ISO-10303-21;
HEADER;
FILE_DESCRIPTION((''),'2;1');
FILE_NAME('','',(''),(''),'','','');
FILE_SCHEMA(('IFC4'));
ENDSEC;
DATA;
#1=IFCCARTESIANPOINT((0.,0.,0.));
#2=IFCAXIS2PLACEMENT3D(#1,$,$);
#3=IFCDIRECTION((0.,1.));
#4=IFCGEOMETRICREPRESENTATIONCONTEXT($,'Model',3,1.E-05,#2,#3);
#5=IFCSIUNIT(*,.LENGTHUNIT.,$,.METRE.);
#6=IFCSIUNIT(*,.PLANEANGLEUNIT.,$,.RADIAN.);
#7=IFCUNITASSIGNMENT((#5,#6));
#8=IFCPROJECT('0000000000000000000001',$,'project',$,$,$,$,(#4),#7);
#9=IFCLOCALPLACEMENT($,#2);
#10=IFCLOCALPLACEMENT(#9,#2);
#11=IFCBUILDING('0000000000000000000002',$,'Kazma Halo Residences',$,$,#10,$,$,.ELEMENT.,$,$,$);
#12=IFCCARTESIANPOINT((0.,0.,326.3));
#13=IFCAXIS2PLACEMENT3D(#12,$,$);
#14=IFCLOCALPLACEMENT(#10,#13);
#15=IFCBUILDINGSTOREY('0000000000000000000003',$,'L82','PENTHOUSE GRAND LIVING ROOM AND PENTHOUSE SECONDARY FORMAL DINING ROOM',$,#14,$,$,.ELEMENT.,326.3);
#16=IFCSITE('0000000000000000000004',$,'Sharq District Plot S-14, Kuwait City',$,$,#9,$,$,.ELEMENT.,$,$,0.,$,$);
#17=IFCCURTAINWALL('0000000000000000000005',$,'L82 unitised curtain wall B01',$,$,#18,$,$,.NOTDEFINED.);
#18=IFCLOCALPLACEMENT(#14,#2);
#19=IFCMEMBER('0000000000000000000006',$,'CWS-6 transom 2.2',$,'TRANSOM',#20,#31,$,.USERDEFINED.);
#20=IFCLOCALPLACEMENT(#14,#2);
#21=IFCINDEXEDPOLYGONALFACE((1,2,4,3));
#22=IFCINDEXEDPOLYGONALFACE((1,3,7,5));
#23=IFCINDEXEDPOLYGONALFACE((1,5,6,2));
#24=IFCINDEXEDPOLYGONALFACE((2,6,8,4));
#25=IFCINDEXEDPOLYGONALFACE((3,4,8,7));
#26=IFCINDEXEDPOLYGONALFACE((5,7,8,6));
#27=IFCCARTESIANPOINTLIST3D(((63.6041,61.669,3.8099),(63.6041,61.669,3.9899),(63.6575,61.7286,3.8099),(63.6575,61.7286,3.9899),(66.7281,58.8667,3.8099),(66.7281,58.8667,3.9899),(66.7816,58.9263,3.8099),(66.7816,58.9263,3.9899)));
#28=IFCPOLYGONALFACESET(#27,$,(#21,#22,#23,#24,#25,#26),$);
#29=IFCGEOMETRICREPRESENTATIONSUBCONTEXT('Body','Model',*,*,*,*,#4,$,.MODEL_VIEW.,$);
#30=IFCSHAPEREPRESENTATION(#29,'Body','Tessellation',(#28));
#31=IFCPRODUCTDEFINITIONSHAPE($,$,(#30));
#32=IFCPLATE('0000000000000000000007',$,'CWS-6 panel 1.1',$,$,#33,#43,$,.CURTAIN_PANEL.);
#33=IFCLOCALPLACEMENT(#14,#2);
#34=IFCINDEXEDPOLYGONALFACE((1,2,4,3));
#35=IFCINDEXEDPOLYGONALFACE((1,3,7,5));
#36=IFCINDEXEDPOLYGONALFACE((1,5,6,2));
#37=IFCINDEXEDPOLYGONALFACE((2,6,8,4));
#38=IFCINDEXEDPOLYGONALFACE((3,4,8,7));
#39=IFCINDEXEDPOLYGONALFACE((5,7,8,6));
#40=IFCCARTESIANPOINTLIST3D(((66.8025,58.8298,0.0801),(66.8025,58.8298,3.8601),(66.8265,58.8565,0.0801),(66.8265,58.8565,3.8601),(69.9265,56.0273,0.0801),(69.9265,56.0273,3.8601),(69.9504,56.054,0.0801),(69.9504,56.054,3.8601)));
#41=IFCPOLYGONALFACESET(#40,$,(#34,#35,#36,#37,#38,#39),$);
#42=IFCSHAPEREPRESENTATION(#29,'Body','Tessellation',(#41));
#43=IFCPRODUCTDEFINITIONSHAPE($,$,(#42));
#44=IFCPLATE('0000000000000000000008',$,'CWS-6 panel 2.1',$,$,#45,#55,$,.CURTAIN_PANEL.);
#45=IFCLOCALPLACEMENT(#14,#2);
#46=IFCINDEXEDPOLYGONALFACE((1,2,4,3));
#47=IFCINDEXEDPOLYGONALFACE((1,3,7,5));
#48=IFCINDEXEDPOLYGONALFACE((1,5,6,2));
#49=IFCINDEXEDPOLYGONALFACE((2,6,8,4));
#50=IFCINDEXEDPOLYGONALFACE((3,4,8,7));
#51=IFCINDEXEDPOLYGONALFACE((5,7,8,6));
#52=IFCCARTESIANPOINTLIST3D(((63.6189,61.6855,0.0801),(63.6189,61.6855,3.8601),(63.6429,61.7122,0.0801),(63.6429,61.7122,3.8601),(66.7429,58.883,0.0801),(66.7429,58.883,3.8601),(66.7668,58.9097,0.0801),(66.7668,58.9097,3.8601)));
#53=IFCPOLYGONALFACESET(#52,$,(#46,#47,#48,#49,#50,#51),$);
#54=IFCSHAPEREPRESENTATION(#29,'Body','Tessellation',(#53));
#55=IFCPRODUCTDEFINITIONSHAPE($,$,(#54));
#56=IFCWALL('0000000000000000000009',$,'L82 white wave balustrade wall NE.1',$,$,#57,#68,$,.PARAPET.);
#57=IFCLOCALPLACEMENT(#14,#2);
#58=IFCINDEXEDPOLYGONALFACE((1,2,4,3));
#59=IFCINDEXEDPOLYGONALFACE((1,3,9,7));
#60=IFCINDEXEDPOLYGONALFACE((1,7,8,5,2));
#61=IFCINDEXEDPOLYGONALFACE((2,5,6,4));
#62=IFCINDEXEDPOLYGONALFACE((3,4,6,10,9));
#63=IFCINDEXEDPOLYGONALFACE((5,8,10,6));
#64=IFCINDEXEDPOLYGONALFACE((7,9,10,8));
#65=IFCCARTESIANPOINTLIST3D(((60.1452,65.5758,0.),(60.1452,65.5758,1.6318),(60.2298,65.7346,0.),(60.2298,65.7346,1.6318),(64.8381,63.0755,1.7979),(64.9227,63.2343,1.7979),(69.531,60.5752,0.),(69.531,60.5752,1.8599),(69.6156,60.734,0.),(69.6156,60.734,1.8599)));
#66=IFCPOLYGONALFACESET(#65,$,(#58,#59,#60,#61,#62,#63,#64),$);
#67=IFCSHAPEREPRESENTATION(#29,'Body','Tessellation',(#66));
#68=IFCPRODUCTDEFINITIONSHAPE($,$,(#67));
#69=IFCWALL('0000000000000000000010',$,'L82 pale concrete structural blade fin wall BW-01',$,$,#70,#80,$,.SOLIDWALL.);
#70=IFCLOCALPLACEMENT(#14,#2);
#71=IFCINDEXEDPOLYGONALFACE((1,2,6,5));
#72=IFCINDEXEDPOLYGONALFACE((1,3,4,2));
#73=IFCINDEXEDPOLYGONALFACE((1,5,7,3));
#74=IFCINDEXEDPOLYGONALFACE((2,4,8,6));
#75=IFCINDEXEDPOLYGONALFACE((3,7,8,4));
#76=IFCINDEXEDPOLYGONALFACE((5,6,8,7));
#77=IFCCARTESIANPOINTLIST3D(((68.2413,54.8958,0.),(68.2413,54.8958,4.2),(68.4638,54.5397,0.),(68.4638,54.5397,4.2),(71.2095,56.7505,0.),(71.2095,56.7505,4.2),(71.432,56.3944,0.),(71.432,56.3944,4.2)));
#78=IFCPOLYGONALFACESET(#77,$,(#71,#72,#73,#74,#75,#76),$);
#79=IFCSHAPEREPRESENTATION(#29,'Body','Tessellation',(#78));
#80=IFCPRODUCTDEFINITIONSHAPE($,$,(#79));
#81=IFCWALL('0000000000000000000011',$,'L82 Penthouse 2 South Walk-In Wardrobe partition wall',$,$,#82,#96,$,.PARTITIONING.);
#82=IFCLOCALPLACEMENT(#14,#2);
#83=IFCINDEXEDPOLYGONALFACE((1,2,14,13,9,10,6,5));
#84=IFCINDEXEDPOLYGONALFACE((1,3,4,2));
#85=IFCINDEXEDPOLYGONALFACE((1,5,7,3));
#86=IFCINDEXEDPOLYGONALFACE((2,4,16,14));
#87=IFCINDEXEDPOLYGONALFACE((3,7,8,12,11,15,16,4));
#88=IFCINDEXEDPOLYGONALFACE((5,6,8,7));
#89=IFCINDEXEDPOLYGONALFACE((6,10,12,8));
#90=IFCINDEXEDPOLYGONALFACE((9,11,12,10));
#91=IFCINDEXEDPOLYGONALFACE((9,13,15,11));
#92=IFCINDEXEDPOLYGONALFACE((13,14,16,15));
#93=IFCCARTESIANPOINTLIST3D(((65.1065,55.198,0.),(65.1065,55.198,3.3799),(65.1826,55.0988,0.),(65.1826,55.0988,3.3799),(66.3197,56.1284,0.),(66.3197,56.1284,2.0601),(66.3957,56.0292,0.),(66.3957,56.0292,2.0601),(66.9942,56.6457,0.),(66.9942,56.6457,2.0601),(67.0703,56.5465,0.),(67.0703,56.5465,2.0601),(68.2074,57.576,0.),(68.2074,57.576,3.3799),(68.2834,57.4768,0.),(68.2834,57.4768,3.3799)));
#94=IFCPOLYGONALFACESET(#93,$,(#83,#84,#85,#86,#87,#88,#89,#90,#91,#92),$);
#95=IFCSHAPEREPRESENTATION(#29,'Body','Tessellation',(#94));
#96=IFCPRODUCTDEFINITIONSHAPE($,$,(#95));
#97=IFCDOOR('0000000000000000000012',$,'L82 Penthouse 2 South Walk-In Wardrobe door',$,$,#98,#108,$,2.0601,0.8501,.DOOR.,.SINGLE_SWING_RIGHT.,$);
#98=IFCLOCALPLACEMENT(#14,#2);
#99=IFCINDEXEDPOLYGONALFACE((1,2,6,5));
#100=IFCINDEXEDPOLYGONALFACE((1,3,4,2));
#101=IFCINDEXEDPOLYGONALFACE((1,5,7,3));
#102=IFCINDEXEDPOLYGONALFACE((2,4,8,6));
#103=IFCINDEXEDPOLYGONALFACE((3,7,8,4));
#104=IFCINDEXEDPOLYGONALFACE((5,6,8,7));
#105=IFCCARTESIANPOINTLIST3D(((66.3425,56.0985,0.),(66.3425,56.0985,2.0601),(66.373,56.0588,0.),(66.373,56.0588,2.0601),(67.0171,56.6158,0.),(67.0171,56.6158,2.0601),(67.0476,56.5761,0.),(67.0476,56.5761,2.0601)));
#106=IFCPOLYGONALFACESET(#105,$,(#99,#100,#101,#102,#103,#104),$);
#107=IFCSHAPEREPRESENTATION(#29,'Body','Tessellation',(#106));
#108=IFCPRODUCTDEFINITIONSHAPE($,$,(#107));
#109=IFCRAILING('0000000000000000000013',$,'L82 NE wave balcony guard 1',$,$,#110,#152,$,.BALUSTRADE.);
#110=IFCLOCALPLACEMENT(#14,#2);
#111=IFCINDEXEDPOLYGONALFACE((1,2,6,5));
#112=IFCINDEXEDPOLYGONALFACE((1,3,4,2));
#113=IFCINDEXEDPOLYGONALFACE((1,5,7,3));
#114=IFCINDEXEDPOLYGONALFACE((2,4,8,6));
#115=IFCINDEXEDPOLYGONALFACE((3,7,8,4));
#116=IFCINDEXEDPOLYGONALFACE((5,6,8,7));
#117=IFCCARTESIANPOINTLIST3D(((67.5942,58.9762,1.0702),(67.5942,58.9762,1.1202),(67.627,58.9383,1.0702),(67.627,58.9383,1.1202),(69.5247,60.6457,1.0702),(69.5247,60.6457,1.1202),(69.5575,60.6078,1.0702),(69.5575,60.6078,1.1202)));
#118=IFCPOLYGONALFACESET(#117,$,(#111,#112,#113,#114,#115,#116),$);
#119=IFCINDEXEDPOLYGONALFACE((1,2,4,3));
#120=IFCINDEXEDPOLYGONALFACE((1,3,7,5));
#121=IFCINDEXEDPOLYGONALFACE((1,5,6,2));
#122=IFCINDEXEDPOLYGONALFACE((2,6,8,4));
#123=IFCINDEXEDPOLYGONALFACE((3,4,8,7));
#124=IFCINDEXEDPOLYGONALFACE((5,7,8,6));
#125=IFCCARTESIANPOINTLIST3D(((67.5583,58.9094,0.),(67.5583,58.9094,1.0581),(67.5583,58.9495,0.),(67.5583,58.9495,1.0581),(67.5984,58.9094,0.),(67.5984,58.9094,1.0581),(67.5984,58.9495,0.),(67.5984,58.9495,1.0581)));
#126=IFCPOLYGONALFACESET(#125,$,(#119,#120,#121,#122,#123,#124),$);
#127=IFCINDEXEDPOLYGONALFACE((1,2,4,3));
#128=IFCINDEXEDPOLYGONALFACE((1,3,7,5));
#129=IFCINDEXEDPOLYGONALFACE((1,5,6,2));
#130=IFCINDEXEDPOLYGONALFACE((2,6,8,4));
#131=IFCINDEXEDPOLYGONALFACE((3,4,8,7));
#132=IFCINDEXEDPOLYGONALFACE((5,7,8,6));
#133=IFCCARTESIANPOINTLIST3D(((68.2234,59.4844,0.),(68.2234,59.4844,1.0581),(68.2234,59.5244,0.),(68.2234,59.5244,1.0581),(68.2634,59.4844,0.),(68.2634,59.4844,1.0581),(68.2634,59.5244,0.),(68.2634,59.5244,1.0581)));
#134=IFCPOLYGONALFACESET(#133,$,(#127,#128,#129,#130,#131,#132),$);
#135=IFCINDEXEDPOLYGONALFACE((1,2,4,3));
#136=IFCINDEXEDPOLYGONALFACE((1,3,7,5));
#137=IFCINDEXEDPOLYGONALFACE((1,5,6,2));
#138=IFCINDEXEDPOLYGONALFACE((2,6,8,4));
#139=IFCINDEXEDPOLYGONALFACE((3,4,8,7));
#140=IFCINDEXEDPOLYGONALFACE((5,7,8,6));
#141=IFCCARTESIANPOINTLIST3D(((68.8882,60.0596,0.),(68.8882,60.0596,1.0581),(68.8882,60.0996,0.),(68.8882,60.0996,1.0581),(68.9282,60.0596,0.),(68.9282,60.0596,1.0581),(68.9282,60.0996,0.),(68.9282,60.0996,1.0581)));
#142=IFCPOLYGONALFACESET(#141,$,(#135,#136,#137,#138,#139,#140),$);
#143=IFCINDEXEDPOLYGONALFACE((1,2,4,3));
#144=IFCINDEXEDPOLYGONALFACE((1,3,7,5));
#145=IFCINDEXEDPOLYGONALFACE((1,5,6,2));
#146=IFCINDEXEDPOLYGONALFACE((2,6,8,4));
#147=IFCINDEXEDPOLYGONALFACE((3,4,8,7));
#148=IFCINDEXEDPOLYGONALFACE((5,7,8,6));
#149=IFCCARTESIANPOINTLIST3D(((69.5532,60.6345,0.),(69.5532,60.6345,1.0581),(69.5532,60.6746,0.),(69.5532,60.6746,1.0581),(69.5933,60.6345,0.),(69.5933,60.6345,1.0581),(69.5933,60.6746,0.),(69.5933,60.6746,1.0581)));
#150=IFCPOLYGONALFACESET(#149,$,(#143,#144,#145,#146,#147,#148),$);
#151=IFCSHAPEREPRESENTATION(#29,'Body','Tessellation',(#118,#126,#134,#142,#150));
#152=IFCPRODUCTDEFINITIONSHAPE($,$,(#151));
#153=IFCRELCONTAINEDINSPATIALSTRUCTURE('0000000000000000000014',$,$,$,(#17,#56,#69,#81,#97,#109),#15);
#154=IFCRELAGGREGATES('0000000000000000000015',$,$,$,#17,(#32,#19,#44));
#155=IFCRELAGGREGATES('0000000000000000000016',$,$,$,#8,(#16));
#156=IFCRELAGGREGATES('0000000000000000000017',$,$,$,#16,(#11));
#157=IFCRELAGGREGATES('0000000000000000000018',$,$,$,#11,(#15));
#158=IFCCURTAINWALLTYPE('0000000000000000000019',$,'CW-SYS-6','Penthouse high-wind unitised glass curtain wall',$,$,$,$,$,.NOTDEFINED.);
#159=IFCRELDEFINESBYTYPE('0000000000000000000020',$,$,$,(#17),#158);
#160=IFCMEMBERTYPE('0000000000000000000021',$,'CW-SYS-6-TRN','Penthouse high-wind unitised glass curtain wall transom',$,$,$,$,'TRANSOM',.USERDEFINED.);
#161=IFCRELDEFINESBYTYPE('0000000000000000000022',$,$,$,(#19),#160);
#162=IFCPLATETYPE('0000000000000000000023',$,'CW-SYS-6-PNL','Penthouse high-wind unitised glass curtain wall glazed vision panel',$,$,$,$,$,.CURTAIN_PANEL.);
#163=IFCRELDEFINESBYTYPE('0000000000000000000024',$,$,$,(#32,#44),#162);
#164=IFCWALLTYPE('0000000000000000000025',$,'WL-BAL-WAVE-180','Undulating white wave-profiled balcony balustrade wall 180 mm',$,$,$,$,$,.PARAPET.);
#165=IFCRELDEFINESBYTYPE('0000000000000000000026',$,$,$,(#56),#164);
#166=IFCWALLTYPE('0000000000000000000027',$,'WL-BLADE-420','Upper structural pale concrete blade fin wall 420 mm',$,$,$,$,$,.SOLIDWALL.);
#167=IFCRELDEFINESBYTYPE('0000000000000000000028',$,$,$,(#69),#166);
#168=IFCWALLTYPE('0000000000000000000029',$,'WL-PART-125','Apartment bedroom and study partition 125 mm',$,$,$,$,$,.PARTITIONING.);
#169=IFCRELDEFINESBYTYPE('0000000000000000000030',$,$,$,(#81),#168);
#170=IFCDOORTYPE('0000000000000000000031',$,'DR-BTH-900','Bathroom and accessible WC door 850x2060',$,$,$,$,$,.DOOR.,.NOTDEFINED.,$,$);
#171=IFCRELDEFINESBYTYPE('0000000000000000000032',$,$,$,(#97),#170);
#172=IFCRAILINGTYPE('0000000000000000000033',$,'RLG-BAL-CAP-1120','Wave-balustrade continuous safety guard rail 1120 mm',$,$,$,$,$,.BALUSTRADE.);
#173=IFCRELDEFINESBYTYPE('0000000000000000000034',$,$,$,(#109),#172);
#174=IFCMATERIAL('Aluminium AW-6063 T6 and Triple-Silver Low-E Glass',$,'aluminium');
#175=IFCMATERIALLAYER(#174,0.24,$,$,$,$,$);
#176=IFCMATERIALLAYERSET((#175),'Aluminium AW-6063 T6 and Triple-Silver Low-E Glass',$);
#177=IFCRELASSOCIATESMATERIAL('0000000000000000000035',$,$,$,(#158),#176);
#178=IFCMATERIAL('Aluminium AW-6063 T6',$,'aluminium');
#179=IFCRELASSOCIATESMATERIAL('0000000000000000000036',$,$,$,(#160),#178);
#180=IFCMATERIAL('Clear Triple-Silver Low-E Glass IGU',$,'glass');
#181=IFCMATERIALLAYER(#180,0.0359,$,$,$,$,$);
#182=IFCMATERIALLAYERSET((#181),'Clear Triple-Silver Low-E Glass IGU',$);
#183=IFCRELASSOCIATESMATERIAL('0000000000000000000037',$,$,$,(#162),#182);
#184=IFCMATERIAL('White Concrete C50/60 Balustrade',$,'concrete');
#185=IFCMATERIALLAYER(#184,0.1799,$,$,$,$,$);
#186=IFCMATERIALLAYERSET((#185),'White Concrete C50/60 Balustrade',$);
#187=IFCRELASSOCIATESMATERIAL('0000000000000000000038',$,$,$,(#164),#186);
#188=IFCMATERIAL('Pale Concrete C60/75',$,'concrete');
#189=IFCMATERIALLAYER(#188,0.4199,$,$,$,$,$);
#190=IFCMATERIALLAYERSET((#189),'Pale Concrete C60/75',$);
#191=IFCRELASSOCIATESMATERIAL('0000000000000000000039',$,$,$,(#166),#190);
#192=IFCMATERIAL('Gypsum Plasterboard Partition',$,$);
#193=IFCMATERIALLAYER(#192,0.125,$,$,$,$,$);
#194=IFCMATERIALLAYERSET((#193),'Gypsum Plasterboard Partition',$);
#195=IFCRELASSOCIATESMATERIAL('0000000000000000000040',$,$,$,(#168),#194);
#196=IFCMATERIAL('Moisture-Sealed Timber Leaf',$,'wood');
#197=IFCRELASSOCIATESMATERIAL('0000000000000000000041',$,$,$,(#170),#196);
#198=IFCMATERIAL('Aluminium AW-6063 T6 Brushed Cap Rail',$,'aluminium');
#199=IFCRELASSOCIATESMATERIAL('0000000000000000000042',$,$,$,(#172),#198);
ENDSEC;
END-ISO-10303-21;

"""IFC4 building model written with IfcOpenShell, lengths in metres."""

from ifc_helpers import new_model, si_unit, direction, frame, frame_2d, origin, origin_2d, place, context, subcontext, project, spatial, polyline, rectangle, outline, extrude, material, layer, layer_set, material_profile, profile_set, type_object, element, fill, aggregate, save


model = new_model("IFC4")

# Units and contexts
model_context = context("Model", 3, precision=1e-05, world=origin(), true_north=direction((0.0, 1.0)))
body_context = subcontext(model_context, "Body", "Model", "MODEL_VIEW")
ifc_project = project(units=[si_unit("LENGTHUNIT", "METRE"), si_unit("PLANEANGLEUNIT", "RADIAN")], contexts=[model_context])

# Site, building, storey
site_placement = place(None, origin())
site = spatial("IfcSite", under=ifc_project, at=site_placement, Name="Sharq District Plot S-14, Kuwait City", CompositionType="ELEMENT", RefElevation=0.0)
building_placement = place(site_placement, origin())
building = spatial("IfcBuilding", under=site, at=building_placement, Name="Kazma Halo Residences", CompositionType="ELEMENT")
storey_placement = place(building_placement, frame((0.0, 0.0, 326.3)))
storey = spatial("IfcBuildingStorey", under=building, at=storey_placement, Name="L82", Description="PENTHOUSE GRAND LIVING ROOM AND PENTHOUSE SECONDARY FORMAL DINING ROOM", CompositionType="ELEMENT", Elevation=326.3)

# Curtain wall
ifc_material_1 = material(Name="Aluminium AW-6063 T6 and Triple-Silver Low-E Glass", Category="aluminium")
ifc_layer_1 = layer(ifc_material_1, 0.24)
ifc_layer_set_1 = layer_set([ifc_layer_1], Name="Aluminium AW-6063 T6 and Triple-Silver Low-E Glass")
curtain_wall_type = type_object("IfcCurtainWallType", Name="CW-SYS-6", Description="Penthouse high-wind unitised glass curtain wall", PredefinedType="NOTDEFINED", material=ifc_layer_set_1)
curtain_wall_1_placement = place(storey_placement, origin())
curtain_wall_1 = element("IfcCurtainWall", 1, at=curtain_wall_1_placement, inside=storey, type_object=curtain_wall_type, Name="L82 unitised curtain wall B01", PredefinedType="NOTDEFINED")
ifc_material_2 = material(Name="Aluminium AW-6063 T6", Category="aluminium")

# Member
ifc_material_profile_1 = material_profile(ifc_material_2, rectangle(XDim=0.0801, YDim=0.1799, at=origin_2d()), Name="CWT-80x180")
ifc_profile_set_1 = profile_set([ifc_material_profile_1], Name="Aluminium AW-6063 T6")
member_type_1 = type_object("IfcMemberType", Name="CW-SYS-6-TRN", Description="Penthouse high-wind unitised glass curtain wall transom", ElementType="TRANSOM", PredefinedType="USERDEFINED", material=ifc_profile_set_1)
member_1_placement = place(storey_placement, frame((66.7549, 58.8965, 3.8999), z_axis=(-0.744404, 0.66773, 0.0), x_axis=(-0.66773, -0.744404, 0.0)))
member_1 = element("IfcMember", 2, at=member_1_placement, type_object=member_type_1, Name="CWS-6 transom 2.2", ObjectType="TRANSOM", PredefinedType="USERDEFINED", context=body_context, shape_type="SweptSolid", body=[
    extrude(rectangle(XDim=0.0801, YDim=0.1799, at=origin_2d()), origin(), (0.0, 0.0, 1.0), 4.1968),
])

# Plates
ifc_material_3 = material(Name="Clear Triple-Silver Low-E Glass IGU", Category="glass")
ifc_layer_2 = layer(ifc_material_3, 0.0359)
ifc_layer_set_2 = layer_set([ifc_layer_2], Name="Clear Triple-Silver Low-E Glass IGU")
plate_type = type_object("IfcPlateType", Name="CW-SYS-6-PNL", Description="Penthouse high-wind unitised glass curtain wall glazed vision panel", PredefinedType="CURTAIN_PANEL", material=ifc_layer_set_2)
plate_1_placement = place(storey_placement, frame((68.3765, 57.4419, 0.0801), z_axis=(0.0, 0.0, 1.0), x_axis=(-0.744379, 0.667758, 0.0)))
plate_1 = element("IfcPlate", 3, at=plate_1_placement, type_object=plate_type, Name="CWS-6 panel 1.1", PredefinedType="CURTAIN_PANEL", context=body_context, shape_type="SweptSolid", body=[
    extrude(rectangle(XDim=4.1968, YDim=0.0359, at=origin_2d()), origin(), (0.0, 0.0, 1.0), 3.78),
])
plate_2_placement = place(storey_placement, frame((65.1929, 60.2976, 0.0801), z_axis=(0.0, 0.0, 1.0), x_axis=(-0.744379, 0.667758, 0.0)))
plate_2 = element("IfcPlate", 4, at=plate_2_placement, type_object=plate_type, Name="CWS-6 panel 2.1", PredefinedType="CURTAIN_PANEL", context=body_context, shape_type="SweptSolid", body=[
    extrude(rectangle(XDim=4.1968, YDim=0.0359, at=origin_2d()), origin(), (0.0, 0.0, 1.0), 3.78),
])
aggregate(curtain_wall_1, [plate_1, member_1, plate_2])

# Walls
ifc_material_4 = material(Name="White Concrete C50/60 Balustrade", Category="concrete")
ifc_layer_3 = layer(ifc_material_4, 0.1799)
ifc_layer_set_3 = layer_set([ifc_layer_3], Name="White Concrete C50/60 Balustrade")
wall_type_1 = type_object("IfcWallType", Name="WL-BAL-WAVE-180", Description="Undulating white wave-profiled balcony balustrade wall 180 mm", PredefinedType="PARAPET", material=ifc_layer_set_3)
wall_1_placement = place(storey_placement, frame((69.5732, 60.6545, 0.0), z_axis=(0.0, 0.0, 1.0), x_axis=(-0.882557, 0.470205, 0.0)))
element("IfcWall", 5, at=wall_1_placement, inside=storey, type_object=wall_type_1, Name="L82 white wave balustrade wall NE.1", PredefinedType="PARAPET", context=body_context, shape_type="SweptSolid", body=[
    extrude(outline(polyline([(0.0, 0.0), (10.6348, 0.0), (10.6348, 1.6318), (5.3174, 1.7979), (0.0, 1.8599), (0.0, 0.0)])), frame((0.0, 0.0898, 0.0), z_axis=(0.0, -1.0, 0.0), x_axis=(1.0, 0.0, 0.0)), (0.0, 0.0, 1.0), 0.1799),
])
ifc_material_5 = material(Name="Pale Concrete C60/75", Category="concrete")
ifc_layer_4 = layer(ifc_material_5, 0.4199)
ifc_layer_set_4 = layer_set([ifc_layer_4], Name="Pale Concrete C60/75")
wall_type_2 = type_object("IfcWallType", Name="WL-BLADE-420", Description="Upper structural pale concrete blade fin wall 420 mm", PredefinedType="SOLIDWALL", material=ifc_layer_set_4)
wall_2_placement = place(storey_placement, frame((68.3525, 54.7178, 0.0), z_axis=(0.0, 0.0, 1.0), x_axis=(0.848053, 0.529911, 0.0)))
element("IfcWall", 6, at=wall_2_placement, inside=storey, type_object=wall_type_2, Name="L82 pale concrete structural blade fin wall BW-01", PredefinedType="SOLIDWALL", context=body_context, shape_type="SweptSolid", body=[
    extrude(rectangle(XDim=3.5, YDim=0.4199, at=frame_2d((1.75, 0.0))), origin(), (0.0, 0.0, 1.0), 4.2),
])

# Wall, opening, door
ifc_material_6 = material(Name="Gypsum Plasterboard Partition")
ifc_layer_5 = layer(ifc_material_6, 0.125)
ifc_layer_set_5 = layer_set([ifc_layer_5], Name="Gypsum Plasterboard Partition")
wall_type_3 = type_object("IfcWallType", Name="WL-PART-125", Description="Apartment bedroom and study partition 125 mm", PredefinedType="PARTITIONING", material=ifc_layer_set_5)
wall_3_placement = place(storey_placement, frame((65.1445, 55.1484, 0.0), z_axis=(0.0, 0.0, 1.0), x_axis=(0.793529, 0.608533, 0.0)))
wall_3 = element("IfcWall", 7, at=wall_3_placement, inside=storey, type_object=wall_type_3, Name="L82 Penthouse 2 South Walk-In Wardrobe partition wall", PredefinedType="PARTITIONING", context=body_context, shape_type="SweptSolid", body=[
    extrude(rectangle(XDim=3.9077, YDim=0.125, at=frame_2d((1.9539, 0.0))), origin(), (0.0, 0.0, 1.0), 3.3799),
])
opening_1_placement = place(wall_3_placement, frame((1.5288, 0.0, 0.0)))
opening_1 = element("IfcOpeningElement", 8, at=opening_1_placement, cuts=wall_3, PredefinedType="OPENING", context=body_context, shape_type="SweptSolid", body=[
    extrude(rectangle(XDim=0.8501, YDim=2.0601, at=frame_2d((0.425, 1.03))), frame((0.0, 0.0725, 0.0), z_axis=(0.0, -1.0, 0.0), x_axis=(1.0, 0.0, 0.0)), (0.0, 0.0, 1.0), 0.145),
])
ifc_material_7 = material(Name="Moisture-Sealed Timber Leaf", Category="wood")
door_type_1 = type_object("IfcDoorType", Name="DR-BTH-900", Description="Bathroom and accessible WC door 850x2060", OperationType="NOTDEFINED", PredefinedType="DOOR", material=ifc_material_7)
door_1_placement = place(opening_1_placement, origin())
door_1 = element("IfcDoor", 9, at=door_1_placement, inside=storey, type_object=door_type_1, Name="L82 Penthouse 2 South Walk-In Wardrobe door", OperationType="SINGLE_SWING_RIGHT", OverallHeight=2.0601, OverallWidth=0.8501, PredefinedType="DOOR", context=body_context, shape_type="SweptSolid", body=[
    extrude(rectangle(XDim=0.8501, YDim=2.0601, at=frame_2d((0.425, 1.03))), frame((0.0, 0.0249, 0.0), z_axis=(0.0, -1.0, 0.0), x_axis=(1.0, 0.0, 0.0)), (0.0, 0.0, 1.0), 0.05),
])
fill(opening_1, door_1)

# Railing
ifc_material_8 = material(Name="Aluminium AW-6063 T6 Brushed Cap Rail", Category="aluminium")
railing_type = type_object("IfcRailingType", Name="RLG-BAL-CAP-1120", Description="Wave-balustrade continuous safety guard rail 1120 mm", PredefinedType="BALUSTRADE", material=ifc_material_8)
railing_1_placement = place(storey_placement, frame((67.5784, 58.9294, 0.0)))
element("IfcRailing", 10, at=railing_1_placement, inside=storey, type_object=railing_type, Name="L82 NE wave balcony guard 1", PredefinedType="BALUSTRADE", context=body_context, shape_type="SweptSolid", body=[
    extrude(rectangle(XDim=0.05, YDim=0.05, at=origin_2d()), frame((0.0322, 0.0278, 1.0952), z_axis=(0.7564, 0.654109, 0.0), x_axis=(-0.654109, 0.7564, 0.0)), (0.0, 0.0, 1.0), 2.5522),
    extrude(rectangle(XDim=0.04, YDim=0.04, at=origin_2d()), origin(), (0.0, 0.0, 1.0), 1.0581),
    extrude(rectangle(XDim=0.04, YDim=0.04, at=origin_2d()), frame((0.665, 0.575, 0.0)), (0.0, 0.0, 1.0), 1.0581),
    extrude(rectangle(XDim=0.04, YDim=0.04, at=origin_2d()), frame((1.3298, 1.1501, 0.0)), (0.0, 0.0, 1.0), 1.0581),
    extrude(rectangle(XDim=0.04, YDim=0.04, at=origin_2d()), frame((1.9949, 1.7251, 0.0)), (0.0, 0.0, 1.0), 1.0581),
])

save(model, "model.ifc")
